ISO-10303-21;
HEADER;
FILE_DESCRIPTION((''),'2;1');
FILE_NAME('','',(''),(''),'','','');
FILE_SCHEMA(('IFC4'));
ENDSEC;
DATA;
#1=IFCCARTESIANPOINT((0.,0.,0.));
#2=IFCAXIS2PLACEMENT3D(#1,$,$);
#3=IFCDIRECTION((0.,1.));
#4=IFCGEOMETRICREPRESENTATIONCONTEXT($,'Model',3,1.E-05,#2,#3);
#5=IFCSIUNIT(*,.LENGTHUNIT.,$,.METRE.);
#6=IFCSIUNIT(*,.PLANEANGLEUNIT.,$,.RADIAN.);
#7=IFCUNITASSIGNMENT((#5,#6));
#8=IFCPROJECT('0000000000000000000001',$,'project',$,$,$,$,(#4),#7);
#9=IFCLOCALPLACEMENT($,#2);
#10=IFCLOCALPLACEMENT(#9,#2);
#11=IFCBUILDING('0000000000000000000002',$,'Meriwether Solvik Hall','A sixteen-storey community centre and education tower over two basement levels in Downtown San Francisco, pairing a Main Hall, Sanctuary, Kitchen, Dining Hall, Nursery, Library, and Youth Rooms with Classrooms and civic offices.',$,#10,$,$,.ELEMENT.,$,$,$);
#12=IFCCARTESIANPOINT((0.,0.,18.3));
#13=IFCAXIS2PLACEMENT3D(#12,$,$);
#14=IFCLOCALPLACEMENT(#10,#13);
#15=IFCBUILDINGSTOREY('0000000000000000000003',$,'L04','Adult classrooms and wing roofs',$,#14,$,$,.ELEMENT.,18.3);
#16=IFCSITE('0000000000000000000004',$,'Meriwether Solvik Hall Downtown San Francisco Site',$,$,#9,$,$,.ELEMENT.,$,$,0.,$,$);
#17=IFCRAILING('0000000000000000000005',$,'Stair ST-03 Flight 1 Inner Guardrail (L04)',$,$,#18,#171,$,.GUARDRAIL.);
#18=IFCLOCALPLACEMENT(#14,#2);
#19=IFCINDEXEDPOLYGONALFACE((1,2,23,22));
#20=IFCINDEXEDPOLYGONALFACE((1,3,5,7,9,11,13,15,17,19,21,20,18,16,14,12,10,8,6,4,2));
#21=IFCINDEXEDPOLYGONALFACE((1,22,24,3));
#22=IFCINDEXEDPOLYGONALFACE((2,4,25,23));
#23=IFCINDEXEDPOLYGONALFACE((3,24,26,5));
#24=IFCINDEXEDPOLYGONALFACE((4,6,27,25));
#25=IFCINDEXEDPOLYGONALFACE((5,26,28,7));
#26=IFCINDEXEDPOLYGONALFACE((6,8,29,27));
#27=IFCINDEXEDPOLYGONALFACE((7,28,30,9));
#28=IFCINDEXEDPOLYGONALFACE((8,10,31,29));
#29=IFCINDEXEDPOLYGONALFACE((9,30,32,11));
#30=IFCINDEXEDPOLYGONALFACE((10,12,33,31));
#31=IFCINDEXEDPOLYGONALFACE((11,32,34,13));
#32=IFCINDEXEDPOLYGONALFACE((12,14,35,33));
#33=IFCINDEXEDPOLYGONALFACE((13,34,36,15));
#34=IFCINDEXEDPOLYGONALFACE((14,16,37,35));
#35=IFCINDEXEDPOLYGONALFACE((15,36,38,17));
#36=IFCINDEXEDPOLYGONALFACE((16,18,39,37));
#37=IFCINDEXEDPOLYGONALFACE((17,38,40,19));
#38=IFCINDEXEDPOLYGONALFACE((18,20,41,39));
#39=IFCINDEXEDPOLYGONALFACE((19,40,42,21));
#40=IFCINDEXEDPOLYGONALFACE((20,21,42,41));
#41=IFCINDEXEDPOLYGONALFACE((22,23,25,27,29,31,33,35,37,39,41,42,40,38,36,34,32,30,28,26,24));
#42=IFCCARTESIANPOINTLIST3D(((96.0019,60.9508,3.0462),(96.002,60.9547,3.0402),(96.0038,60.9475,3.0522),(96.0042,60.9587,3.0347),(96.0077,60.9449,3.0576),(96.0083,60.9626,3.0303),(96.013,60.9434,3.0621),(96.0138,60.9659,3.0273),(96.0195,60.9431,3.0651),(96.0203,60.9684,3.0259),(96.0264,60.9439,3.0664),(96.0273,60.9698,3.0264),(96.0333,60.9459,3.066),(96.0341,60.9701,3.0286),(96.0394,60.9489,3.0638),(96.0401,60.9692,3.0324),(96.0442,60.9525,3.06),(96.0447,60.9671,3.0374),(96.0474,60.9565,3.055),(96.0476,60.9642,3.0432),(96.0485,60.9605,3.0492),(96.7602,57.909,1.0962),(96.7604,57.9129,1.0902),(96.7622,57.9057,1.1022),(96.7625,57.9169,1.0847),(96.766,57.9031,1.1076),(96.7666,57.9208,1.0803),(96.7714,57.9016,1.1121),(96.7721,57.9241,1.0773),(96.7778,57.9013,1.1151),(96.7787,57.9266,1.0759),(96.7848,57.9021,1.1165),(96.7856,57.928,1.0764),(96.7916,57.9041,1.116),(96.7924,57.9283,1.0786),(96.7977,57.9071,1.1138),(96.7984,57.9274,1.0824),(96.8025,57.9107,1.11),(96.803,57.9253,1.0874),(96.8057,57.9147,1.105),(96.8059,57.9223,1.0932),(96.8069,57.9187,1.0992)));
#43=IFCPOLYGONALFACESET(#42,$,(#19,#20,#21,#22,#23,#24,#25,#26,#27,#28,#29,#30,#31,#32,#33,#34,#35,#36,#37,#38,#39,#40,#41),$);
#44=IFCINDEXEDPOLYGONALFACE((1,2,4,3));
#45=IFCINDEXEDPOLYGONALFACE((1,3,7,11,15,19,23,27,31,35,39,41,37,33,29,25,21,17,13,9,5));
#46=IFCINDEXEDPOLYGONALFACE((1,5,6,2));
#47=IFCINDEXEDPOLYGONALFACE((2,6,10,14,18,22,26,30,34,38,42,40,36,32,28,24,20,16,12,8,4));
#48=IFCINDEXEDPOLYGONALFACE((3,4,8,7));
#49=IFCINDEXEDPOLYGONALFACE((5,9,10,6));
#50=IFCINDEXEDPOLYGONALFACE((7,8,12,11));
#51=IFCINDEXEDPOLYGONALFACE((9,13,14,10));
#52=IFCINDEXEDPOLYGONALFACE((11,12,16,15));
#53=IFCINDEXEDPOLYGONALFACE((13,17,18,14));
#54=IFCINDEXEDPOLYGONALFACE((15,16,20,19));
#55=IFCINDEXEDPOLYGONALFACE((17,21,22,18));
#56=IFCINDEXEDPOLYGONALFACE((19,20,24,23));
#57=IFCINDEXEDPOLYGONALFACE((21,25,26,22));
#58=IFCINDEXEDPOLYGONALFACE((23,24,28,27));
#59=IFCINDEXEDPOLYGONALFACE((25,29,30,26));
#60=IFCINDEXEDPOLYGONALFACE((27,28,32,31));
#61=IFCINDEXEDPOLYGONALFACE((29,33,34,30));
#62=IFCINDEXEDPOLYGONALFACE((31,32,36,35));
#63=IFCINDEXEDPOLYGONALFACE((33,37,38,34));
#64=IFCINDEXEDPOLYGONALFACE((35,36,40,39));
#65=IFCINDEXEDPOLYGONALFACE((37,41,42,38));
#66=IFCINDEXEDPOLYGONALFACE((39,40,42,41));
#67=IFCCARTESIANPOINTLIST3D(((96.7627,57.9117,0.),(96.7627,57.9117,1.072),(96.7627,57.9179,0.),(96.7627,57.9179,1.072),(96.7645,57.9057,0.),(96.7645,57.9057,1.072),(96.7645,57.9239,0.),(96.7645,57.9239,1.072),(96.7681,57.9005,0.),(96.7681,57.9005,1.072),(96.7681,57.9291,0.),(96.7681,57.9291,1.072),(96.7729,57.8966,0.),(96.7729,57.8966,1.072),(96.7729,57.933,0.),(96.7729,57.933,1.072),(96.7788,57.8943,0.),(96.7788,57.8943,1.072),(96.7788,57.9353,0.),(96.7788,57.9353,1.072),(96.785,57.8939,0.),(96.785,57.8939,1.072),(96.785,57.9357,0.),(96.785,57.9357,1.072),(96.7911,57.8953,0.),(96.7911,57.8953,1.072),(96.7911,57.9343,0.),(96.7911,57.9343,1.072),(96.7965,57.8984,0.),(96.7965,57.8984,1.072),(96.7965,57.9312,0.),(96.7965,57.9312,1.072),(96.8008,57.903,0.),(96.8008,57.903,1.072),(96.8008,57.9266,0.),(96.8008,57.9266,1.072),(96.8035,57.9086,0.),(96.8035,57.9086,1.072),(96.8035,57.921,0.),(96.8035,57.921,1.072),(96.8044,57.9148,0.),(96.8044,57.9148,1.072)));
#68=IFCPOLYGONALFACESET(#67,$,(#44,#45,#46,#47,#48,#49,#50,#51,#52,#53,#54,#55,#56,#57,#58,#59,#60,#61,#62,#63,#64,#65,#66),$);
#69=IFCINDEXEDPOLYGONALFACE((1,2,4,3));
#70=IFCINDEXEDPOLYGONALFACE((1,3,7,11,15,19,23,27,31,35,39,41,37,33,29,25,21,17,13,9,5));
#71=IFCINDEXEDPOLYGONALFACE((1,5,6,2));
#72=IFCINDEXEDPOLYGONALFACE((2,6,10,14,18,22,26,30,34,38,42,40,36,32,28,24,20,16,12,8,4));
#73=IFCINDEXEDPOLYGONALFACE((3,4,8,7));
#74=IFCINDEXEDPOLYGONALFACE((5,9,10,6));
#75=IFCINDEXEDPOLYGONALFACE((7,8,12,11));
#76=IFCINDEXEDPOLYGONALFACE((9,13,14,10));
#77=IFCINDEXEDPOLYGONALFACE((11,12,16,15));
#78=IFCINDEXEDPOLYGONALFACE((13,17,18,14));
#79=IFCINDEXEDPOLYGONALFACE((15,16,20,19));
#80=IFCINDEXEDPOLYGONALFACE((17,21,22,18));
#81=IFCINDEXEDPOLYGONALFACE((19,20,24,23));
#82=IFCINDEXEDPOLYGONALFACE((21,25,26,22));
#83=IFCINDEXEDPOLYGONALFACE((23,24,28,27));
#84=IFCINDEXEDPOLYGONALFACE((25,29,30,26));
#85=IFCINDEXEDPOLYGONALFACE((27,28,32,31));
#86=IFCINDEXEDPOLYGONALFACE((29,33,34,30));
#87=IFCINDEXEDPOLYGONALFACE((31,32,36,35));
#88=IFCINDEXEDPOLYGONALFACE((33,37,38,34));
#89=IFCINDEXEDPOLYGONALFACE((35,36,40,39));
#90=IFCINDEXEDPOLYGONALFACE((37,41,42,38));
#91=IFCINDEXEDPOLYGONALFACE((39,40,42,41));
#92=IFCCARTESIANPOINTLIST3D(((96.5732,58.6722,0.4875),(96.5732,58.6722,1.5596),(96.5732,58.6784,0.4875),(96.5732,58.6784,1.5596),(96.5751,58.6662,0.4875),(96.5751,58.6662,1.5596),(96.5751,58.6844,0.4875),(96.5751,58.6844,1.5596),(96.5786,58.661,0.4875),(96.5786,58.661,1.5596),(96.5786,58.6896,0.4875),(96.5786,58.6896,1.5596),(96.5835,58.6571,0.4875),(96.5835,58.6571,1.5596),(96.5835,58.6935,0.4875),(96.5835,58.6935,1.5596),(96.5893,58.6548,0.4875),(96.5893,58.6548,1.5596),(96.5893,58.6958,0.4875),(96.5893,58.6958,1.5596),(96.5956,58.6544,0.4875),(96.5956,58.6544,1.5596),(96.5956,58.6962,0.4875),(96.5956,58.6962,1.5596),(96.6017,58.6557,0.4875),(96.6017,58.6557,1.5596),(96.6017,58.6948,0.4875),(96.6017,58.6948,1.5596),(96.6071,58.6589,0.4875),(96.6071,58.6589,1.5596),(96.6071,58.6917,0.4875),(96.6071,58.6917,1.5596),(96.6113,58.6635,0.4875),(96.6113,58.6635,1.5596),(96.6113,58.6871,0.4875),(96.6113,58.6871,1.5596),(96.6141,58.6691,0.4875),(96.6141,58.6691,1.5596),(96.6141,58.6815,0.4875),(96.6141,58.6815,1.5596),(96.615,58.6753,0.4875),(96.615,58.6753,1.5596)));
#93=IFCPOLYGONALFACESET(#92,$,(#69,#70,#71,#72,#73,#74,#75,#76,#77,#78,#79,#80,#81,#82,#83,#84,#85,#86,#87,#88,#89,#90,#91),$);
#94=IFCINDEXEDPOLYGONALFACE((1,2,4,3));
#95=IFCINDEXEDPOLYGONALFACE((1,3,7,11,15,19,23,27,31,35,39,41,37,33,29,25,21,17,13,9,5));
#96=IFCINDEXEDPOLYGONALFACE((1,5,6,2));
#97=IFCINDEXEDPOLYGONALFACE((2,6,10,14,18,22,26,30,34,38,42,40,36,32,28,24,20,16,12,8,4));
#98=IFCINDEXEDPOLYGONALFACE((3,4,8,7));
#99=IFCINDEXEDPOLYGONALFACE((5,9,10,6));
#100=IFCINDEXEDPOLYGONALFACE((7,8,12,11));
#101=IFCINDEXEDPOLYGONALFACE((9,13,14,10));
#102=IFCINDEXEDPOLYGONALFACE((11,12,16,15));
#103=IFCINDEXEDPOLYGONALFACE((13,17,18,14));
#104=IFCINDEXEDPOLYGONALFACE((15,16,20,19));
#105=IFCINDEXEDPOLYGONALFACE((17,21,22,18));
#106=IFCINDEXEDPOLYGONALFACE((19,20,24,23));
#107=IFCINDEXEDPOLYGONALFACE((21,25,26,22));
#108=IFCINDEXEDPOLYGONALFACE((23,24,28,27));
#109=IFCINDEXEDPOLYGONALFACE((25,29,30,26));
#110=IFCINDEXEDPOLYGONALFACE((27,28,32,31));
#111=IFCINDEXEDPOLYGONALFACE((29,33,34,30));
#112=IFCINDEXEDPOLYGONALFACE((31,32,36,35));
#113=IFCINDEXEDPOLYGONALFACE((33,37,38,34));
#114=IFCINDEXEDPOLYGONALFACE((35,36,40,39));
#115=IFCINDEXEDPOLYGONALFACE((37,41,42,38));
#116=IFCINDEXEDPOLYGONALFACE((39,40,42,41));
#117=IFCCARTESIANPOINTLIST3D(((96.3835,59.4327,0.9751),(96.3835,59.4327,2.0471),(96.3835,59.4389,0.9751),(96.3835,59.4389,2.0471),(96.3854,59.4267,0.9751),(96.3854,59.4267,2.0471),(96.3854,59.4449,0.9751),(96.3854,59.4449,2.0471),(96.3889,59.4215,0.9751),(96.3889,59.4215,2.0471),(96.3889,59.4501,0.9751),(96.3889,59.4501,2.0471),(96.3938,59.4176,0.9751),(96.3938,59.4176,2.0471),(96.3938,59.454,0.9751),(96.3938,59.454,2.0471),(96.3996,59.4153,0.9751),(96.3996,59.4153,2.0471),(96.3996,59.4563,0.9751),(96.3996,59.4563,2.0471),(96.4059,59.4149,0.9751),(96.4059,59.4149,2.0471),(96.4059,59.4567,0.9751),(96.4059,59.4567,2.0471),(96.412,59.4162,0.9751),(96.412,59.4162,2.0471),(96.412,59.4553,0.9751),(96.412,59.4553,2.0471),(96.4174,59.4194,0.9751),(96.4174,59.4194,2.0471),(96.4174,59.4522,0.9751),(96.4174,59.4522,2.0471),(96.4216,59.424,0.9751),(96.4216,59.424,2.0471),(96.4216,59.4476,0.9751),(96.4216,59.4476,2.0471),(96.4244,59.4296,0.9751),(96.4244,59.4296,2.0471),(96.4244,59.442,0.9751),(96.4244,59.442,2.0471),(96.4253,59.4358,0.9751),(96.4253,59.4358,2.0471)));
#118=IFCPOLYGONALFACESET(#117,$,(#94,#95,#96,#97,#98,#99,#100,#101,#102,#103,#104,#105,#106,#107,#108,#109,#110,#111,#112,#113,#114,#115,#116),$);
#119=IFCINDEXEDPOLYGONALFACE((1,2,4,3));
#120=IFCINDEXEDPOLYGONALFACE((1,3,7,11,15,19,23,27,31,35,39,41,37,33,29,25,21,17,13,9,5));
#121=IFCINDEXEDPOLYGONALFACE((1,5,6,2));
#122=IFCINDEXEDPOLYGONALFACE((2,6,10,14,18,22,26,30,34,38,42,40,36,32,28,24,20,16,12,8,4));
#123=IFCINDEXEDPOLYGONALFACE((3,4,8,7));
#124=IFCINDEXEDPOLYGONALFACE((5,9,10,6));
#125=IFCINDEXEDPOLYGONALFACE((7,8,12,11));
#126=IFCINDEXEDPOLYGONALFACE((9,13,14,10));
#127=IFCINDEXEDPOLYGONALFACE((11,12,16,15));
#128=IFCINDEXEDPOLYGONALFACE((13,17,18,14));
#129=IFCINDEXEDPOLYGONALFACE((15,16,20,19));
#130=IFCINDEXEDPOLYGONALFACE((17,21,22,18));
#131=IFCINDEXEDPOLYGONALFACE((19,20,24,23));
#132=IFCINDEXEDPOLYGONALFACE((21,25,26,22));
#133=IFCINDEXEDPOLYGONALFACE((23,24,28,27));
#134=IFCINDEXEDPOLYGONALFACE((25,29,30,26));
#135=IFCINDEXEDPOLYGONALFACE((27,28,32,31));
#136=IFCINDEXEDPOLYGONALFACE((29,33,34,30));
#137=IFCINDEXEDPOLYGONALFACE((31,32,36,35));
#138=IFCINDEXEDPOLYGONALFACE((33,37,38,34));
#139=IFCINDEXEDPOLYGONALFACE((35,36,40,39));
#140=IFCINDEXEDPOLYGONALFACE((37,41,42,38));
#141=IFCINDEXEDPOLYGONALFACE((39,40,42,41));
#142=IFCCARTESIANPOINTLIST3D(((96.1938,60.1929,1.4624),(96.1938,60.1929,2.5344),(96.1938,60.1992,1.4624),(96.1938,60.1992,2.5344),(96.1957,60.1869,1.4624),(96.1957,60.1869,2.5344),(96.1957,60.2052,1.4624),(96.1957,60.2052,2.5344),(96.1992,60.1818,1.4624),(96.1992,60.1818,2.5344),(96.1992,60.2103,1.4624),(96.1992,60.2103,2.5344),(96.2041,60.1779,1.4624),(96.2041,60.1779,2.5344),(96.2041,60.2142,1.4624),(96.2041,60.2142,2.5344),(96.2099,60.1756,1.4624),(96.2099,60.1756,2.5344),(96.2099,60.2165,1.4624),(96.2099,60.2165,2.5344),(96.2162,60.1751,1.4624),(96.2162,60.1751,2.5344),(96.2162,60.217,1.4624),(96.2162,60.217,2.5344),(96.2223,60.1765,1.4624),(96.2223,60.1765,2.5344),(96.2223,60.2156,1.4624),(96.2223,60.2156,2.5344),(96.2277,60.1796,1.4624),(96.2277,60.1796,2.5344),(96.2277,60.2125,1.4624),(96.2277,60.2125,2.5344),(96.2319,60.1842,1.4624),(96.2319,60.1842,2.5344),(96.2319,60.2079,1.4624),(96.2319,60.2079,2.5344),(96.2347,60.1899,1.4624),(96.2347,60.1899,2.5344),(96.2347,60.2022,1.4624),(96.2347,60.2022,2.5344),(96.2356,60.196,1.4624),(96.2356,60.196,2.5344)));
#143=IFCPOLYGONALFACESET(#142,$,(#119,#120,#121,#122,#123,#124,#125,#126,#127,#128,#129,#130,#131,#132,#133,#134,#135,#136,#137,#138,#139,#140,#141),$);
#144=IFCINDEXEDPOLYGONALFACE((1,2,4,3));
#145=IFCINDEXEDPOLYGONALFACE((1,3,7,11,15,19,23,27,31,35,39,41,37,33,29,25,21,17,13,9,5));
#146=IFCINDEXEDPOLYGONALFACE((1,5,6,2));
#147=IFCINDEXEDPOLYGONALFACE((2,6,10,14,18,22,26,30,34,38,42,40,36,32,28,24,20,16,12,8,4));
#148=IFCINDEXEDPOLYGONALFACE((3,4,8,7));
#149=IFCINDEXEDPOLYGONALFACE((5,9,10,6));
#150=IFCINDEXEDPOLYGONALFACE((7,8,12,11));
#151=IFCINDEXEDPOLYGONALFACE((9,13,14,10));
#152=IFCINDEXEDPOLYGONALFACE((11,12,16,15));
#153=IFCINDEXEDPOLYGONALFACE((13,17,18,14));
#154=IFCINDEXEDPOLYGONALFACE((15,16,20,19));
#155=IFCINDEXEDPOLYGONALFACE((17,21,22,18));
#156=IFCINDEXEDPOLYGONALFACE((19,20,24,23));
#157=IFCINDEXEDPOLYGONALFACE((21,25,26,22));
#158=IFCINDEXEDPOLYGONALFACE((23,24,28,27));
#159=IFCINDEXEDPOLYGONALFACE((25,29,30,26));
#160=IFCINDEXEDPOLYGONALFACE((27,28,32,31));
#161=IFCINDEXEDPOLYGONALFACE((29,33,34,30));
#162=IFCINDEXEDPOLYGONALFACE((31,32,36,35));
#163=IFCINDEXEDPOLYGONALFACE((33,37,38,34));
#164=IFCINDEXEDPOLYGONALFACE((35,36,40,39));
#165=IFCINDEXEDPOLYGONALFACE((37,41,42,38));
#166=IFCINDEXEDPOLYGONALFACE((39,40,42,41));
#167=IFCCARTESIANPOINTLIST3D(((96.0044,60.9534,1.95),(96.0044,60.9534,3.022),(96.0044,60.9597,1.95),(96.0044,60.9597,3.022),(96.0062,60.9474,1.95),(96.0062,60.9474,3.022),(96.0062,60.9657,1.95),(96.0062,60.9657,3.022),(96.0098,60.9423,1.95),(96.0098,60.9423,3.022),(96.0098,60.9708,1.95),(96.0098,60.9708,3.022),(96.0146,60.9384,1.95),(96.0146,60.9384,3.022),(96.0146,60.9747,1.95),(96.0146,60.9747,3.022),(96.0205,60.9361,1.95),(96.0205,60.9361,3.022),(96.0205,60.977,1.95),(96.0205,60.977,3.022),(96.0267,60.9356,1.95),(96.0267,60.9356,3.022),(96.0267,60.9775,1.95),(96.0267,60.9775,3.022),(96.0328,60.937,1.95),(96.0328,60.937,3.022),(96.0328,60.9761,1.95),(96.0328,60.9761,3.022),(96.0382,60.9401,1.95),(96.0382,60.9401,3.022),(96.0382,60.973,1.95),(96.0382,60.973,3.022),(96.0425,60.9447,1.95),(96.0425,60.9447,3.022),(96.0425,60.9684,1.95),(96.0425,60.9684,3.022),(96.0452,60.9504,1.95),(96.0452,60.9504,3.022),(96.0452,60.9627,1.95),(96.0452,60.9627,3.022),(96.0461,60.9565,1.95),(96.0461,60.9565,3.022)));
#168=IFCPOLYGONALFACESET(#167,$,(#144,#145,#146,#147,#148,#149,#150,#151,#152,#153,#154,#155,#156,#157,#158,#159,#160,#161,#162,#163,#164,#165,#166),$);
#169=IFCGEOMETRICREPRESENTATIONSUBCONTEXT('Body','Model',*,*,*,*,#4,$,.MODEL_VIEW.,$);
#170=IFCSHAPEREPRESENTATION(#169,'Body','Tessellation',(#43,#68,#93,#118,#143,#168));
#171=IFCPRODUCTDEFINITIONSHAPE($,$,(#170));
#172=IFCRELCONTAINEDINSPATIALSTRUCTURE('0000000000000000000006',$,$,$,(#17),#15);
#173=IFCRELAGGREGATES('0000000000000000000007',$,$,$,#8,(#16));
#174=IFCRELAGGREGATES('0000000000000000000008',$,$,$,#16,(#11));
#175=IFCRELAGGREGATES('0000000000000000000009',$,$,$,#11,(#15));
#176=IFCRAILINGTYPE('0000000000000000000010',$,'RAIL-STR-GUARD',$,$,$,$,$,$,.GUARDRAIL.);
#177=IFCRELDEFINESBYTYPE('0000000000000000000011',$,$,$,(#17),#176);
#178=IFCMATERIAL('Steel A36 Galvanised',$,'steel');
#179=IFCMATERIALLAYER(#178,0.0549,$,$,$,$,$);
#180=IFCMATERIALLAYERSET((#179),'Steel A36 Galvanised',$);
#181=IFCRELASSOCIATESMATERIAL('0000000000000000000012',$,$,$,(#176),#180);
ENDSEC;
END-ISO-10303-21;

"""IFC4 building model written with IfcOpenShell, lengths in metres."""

from ifc_helpers import new_model, si_unit, direction, frame, origin, origin_2d, place, context, subcontext, project, spatial, circle, extrude, material, layer, layer_set, type_object, element, save


model = new_model("IFC4")

# Units and contexts
model_context = context("Model", 3, precision=1e-05, world=origin(), true_north=direction((0.0, 1.0)))
body_context = subcontext(model_context, "Body", "Model", "MODEL_VIEW")
ifc_project = project(units=[si_unit("LENGTHUNIT", "METRE"), si_unit("PLANEANGLEUNIT", "RADIAN")], contexts=[model_context])

# Site, building, storey
site_placement = place(None, origin())
site = spatial("IfcSite", under=ifc_project, at=site_placement, Name="Meriwether Solvik Hall Downtown San Francisco Site", CompositionType="ELEMENT", RefElevation=0.0)
building_placement = place(site_placement, origin())
building = spatial("IfcBuilding", under=site, at=building_placement, Name="Meriwether Solvik Hall", Description="A sixteen-storey community centre and education tower over two basement levels in Downtown San Francisco, pairing a Main Hall, Sanctuary, Kitchen, Dining Hall, Nursery, Library, and Youth Rooms with Classrooms and civic offices.", CompositionType="ELEMENT")
storey_placement = place(building_placement, frame((0.0, 0.0, 18.3)))
storey = spatial("IfcBuildingStorey", under=building, at=storey_placement, Name="L04", Description="Adult classrooms and wing roofs", CompositionType="ELEMENT", Elevation=18.3)

# Railing
ifc_material_1 = material(Name="Steel A36 Galvanised", Category="steel")
ifc_layer_1 = layer(ifc_material_1, 0.0549)
ifc_layer_set_1 = layer_set([ifc_layer_1], Name="Steel A36 Galvanised")
railing_type_1 = type_object("IfcRailingType", Name="RAIL-STR-GUARD", PredefinedType="GUARDRAIL", material=ifc_layer_set_1)
railing_1_placement = place(storey_placement, frame((96.7834, 57.9148, 0.0)))
element("IfcRailing", 1, at=railing_1_placement, inside=storey, type_object=railing_type_1, Name="Stair ST-03 Flight 1 Inner Guardrail (L04)", PredefinedType="GUARDRAIL", context=body_context, shape_type="SweptSolid", body=[
    extrude(circle(Radius=0.0239, at=origin_2d()), frame((0.0, 0.0, 1.0962), z_axis=(-0.2054, 0.823915, 0.528181), x_axis=(-0.970303, -0.241894, 0.0)), (0.0, 0.0, 1.0), 3.6919),
    extrude(circle(Radius=0.021, at=origin_2d()), origin(), (0.0, 0.0, 1.0), 1.072),
    extrude(circle(Radius=0.021, at=origin_2d()), frame((-0.1895, 0.7605, 0.4875)), (0.0, 0.0, 1.0), 1.072),
    extrude(circle(Radius=0.021, at=origin_2d()), frame((-0.3792, 1.521, 0.9751)), (0.0, 0.0, 1.0), 1.072),
    extrude(circle(Radius=0.021, at=origin_2d()), frame((-0.5688, 2.2812, 1.4624)), (0.0, 0.0, 1.0), 1.072),
    extrude(circle(Radius=0.021, at=origin_2d()), frame((-0.7583, 3.0417, 1.95)), (0.0, 0.0, 1.0), 1.072),
])

save(model, "model.ifc")
